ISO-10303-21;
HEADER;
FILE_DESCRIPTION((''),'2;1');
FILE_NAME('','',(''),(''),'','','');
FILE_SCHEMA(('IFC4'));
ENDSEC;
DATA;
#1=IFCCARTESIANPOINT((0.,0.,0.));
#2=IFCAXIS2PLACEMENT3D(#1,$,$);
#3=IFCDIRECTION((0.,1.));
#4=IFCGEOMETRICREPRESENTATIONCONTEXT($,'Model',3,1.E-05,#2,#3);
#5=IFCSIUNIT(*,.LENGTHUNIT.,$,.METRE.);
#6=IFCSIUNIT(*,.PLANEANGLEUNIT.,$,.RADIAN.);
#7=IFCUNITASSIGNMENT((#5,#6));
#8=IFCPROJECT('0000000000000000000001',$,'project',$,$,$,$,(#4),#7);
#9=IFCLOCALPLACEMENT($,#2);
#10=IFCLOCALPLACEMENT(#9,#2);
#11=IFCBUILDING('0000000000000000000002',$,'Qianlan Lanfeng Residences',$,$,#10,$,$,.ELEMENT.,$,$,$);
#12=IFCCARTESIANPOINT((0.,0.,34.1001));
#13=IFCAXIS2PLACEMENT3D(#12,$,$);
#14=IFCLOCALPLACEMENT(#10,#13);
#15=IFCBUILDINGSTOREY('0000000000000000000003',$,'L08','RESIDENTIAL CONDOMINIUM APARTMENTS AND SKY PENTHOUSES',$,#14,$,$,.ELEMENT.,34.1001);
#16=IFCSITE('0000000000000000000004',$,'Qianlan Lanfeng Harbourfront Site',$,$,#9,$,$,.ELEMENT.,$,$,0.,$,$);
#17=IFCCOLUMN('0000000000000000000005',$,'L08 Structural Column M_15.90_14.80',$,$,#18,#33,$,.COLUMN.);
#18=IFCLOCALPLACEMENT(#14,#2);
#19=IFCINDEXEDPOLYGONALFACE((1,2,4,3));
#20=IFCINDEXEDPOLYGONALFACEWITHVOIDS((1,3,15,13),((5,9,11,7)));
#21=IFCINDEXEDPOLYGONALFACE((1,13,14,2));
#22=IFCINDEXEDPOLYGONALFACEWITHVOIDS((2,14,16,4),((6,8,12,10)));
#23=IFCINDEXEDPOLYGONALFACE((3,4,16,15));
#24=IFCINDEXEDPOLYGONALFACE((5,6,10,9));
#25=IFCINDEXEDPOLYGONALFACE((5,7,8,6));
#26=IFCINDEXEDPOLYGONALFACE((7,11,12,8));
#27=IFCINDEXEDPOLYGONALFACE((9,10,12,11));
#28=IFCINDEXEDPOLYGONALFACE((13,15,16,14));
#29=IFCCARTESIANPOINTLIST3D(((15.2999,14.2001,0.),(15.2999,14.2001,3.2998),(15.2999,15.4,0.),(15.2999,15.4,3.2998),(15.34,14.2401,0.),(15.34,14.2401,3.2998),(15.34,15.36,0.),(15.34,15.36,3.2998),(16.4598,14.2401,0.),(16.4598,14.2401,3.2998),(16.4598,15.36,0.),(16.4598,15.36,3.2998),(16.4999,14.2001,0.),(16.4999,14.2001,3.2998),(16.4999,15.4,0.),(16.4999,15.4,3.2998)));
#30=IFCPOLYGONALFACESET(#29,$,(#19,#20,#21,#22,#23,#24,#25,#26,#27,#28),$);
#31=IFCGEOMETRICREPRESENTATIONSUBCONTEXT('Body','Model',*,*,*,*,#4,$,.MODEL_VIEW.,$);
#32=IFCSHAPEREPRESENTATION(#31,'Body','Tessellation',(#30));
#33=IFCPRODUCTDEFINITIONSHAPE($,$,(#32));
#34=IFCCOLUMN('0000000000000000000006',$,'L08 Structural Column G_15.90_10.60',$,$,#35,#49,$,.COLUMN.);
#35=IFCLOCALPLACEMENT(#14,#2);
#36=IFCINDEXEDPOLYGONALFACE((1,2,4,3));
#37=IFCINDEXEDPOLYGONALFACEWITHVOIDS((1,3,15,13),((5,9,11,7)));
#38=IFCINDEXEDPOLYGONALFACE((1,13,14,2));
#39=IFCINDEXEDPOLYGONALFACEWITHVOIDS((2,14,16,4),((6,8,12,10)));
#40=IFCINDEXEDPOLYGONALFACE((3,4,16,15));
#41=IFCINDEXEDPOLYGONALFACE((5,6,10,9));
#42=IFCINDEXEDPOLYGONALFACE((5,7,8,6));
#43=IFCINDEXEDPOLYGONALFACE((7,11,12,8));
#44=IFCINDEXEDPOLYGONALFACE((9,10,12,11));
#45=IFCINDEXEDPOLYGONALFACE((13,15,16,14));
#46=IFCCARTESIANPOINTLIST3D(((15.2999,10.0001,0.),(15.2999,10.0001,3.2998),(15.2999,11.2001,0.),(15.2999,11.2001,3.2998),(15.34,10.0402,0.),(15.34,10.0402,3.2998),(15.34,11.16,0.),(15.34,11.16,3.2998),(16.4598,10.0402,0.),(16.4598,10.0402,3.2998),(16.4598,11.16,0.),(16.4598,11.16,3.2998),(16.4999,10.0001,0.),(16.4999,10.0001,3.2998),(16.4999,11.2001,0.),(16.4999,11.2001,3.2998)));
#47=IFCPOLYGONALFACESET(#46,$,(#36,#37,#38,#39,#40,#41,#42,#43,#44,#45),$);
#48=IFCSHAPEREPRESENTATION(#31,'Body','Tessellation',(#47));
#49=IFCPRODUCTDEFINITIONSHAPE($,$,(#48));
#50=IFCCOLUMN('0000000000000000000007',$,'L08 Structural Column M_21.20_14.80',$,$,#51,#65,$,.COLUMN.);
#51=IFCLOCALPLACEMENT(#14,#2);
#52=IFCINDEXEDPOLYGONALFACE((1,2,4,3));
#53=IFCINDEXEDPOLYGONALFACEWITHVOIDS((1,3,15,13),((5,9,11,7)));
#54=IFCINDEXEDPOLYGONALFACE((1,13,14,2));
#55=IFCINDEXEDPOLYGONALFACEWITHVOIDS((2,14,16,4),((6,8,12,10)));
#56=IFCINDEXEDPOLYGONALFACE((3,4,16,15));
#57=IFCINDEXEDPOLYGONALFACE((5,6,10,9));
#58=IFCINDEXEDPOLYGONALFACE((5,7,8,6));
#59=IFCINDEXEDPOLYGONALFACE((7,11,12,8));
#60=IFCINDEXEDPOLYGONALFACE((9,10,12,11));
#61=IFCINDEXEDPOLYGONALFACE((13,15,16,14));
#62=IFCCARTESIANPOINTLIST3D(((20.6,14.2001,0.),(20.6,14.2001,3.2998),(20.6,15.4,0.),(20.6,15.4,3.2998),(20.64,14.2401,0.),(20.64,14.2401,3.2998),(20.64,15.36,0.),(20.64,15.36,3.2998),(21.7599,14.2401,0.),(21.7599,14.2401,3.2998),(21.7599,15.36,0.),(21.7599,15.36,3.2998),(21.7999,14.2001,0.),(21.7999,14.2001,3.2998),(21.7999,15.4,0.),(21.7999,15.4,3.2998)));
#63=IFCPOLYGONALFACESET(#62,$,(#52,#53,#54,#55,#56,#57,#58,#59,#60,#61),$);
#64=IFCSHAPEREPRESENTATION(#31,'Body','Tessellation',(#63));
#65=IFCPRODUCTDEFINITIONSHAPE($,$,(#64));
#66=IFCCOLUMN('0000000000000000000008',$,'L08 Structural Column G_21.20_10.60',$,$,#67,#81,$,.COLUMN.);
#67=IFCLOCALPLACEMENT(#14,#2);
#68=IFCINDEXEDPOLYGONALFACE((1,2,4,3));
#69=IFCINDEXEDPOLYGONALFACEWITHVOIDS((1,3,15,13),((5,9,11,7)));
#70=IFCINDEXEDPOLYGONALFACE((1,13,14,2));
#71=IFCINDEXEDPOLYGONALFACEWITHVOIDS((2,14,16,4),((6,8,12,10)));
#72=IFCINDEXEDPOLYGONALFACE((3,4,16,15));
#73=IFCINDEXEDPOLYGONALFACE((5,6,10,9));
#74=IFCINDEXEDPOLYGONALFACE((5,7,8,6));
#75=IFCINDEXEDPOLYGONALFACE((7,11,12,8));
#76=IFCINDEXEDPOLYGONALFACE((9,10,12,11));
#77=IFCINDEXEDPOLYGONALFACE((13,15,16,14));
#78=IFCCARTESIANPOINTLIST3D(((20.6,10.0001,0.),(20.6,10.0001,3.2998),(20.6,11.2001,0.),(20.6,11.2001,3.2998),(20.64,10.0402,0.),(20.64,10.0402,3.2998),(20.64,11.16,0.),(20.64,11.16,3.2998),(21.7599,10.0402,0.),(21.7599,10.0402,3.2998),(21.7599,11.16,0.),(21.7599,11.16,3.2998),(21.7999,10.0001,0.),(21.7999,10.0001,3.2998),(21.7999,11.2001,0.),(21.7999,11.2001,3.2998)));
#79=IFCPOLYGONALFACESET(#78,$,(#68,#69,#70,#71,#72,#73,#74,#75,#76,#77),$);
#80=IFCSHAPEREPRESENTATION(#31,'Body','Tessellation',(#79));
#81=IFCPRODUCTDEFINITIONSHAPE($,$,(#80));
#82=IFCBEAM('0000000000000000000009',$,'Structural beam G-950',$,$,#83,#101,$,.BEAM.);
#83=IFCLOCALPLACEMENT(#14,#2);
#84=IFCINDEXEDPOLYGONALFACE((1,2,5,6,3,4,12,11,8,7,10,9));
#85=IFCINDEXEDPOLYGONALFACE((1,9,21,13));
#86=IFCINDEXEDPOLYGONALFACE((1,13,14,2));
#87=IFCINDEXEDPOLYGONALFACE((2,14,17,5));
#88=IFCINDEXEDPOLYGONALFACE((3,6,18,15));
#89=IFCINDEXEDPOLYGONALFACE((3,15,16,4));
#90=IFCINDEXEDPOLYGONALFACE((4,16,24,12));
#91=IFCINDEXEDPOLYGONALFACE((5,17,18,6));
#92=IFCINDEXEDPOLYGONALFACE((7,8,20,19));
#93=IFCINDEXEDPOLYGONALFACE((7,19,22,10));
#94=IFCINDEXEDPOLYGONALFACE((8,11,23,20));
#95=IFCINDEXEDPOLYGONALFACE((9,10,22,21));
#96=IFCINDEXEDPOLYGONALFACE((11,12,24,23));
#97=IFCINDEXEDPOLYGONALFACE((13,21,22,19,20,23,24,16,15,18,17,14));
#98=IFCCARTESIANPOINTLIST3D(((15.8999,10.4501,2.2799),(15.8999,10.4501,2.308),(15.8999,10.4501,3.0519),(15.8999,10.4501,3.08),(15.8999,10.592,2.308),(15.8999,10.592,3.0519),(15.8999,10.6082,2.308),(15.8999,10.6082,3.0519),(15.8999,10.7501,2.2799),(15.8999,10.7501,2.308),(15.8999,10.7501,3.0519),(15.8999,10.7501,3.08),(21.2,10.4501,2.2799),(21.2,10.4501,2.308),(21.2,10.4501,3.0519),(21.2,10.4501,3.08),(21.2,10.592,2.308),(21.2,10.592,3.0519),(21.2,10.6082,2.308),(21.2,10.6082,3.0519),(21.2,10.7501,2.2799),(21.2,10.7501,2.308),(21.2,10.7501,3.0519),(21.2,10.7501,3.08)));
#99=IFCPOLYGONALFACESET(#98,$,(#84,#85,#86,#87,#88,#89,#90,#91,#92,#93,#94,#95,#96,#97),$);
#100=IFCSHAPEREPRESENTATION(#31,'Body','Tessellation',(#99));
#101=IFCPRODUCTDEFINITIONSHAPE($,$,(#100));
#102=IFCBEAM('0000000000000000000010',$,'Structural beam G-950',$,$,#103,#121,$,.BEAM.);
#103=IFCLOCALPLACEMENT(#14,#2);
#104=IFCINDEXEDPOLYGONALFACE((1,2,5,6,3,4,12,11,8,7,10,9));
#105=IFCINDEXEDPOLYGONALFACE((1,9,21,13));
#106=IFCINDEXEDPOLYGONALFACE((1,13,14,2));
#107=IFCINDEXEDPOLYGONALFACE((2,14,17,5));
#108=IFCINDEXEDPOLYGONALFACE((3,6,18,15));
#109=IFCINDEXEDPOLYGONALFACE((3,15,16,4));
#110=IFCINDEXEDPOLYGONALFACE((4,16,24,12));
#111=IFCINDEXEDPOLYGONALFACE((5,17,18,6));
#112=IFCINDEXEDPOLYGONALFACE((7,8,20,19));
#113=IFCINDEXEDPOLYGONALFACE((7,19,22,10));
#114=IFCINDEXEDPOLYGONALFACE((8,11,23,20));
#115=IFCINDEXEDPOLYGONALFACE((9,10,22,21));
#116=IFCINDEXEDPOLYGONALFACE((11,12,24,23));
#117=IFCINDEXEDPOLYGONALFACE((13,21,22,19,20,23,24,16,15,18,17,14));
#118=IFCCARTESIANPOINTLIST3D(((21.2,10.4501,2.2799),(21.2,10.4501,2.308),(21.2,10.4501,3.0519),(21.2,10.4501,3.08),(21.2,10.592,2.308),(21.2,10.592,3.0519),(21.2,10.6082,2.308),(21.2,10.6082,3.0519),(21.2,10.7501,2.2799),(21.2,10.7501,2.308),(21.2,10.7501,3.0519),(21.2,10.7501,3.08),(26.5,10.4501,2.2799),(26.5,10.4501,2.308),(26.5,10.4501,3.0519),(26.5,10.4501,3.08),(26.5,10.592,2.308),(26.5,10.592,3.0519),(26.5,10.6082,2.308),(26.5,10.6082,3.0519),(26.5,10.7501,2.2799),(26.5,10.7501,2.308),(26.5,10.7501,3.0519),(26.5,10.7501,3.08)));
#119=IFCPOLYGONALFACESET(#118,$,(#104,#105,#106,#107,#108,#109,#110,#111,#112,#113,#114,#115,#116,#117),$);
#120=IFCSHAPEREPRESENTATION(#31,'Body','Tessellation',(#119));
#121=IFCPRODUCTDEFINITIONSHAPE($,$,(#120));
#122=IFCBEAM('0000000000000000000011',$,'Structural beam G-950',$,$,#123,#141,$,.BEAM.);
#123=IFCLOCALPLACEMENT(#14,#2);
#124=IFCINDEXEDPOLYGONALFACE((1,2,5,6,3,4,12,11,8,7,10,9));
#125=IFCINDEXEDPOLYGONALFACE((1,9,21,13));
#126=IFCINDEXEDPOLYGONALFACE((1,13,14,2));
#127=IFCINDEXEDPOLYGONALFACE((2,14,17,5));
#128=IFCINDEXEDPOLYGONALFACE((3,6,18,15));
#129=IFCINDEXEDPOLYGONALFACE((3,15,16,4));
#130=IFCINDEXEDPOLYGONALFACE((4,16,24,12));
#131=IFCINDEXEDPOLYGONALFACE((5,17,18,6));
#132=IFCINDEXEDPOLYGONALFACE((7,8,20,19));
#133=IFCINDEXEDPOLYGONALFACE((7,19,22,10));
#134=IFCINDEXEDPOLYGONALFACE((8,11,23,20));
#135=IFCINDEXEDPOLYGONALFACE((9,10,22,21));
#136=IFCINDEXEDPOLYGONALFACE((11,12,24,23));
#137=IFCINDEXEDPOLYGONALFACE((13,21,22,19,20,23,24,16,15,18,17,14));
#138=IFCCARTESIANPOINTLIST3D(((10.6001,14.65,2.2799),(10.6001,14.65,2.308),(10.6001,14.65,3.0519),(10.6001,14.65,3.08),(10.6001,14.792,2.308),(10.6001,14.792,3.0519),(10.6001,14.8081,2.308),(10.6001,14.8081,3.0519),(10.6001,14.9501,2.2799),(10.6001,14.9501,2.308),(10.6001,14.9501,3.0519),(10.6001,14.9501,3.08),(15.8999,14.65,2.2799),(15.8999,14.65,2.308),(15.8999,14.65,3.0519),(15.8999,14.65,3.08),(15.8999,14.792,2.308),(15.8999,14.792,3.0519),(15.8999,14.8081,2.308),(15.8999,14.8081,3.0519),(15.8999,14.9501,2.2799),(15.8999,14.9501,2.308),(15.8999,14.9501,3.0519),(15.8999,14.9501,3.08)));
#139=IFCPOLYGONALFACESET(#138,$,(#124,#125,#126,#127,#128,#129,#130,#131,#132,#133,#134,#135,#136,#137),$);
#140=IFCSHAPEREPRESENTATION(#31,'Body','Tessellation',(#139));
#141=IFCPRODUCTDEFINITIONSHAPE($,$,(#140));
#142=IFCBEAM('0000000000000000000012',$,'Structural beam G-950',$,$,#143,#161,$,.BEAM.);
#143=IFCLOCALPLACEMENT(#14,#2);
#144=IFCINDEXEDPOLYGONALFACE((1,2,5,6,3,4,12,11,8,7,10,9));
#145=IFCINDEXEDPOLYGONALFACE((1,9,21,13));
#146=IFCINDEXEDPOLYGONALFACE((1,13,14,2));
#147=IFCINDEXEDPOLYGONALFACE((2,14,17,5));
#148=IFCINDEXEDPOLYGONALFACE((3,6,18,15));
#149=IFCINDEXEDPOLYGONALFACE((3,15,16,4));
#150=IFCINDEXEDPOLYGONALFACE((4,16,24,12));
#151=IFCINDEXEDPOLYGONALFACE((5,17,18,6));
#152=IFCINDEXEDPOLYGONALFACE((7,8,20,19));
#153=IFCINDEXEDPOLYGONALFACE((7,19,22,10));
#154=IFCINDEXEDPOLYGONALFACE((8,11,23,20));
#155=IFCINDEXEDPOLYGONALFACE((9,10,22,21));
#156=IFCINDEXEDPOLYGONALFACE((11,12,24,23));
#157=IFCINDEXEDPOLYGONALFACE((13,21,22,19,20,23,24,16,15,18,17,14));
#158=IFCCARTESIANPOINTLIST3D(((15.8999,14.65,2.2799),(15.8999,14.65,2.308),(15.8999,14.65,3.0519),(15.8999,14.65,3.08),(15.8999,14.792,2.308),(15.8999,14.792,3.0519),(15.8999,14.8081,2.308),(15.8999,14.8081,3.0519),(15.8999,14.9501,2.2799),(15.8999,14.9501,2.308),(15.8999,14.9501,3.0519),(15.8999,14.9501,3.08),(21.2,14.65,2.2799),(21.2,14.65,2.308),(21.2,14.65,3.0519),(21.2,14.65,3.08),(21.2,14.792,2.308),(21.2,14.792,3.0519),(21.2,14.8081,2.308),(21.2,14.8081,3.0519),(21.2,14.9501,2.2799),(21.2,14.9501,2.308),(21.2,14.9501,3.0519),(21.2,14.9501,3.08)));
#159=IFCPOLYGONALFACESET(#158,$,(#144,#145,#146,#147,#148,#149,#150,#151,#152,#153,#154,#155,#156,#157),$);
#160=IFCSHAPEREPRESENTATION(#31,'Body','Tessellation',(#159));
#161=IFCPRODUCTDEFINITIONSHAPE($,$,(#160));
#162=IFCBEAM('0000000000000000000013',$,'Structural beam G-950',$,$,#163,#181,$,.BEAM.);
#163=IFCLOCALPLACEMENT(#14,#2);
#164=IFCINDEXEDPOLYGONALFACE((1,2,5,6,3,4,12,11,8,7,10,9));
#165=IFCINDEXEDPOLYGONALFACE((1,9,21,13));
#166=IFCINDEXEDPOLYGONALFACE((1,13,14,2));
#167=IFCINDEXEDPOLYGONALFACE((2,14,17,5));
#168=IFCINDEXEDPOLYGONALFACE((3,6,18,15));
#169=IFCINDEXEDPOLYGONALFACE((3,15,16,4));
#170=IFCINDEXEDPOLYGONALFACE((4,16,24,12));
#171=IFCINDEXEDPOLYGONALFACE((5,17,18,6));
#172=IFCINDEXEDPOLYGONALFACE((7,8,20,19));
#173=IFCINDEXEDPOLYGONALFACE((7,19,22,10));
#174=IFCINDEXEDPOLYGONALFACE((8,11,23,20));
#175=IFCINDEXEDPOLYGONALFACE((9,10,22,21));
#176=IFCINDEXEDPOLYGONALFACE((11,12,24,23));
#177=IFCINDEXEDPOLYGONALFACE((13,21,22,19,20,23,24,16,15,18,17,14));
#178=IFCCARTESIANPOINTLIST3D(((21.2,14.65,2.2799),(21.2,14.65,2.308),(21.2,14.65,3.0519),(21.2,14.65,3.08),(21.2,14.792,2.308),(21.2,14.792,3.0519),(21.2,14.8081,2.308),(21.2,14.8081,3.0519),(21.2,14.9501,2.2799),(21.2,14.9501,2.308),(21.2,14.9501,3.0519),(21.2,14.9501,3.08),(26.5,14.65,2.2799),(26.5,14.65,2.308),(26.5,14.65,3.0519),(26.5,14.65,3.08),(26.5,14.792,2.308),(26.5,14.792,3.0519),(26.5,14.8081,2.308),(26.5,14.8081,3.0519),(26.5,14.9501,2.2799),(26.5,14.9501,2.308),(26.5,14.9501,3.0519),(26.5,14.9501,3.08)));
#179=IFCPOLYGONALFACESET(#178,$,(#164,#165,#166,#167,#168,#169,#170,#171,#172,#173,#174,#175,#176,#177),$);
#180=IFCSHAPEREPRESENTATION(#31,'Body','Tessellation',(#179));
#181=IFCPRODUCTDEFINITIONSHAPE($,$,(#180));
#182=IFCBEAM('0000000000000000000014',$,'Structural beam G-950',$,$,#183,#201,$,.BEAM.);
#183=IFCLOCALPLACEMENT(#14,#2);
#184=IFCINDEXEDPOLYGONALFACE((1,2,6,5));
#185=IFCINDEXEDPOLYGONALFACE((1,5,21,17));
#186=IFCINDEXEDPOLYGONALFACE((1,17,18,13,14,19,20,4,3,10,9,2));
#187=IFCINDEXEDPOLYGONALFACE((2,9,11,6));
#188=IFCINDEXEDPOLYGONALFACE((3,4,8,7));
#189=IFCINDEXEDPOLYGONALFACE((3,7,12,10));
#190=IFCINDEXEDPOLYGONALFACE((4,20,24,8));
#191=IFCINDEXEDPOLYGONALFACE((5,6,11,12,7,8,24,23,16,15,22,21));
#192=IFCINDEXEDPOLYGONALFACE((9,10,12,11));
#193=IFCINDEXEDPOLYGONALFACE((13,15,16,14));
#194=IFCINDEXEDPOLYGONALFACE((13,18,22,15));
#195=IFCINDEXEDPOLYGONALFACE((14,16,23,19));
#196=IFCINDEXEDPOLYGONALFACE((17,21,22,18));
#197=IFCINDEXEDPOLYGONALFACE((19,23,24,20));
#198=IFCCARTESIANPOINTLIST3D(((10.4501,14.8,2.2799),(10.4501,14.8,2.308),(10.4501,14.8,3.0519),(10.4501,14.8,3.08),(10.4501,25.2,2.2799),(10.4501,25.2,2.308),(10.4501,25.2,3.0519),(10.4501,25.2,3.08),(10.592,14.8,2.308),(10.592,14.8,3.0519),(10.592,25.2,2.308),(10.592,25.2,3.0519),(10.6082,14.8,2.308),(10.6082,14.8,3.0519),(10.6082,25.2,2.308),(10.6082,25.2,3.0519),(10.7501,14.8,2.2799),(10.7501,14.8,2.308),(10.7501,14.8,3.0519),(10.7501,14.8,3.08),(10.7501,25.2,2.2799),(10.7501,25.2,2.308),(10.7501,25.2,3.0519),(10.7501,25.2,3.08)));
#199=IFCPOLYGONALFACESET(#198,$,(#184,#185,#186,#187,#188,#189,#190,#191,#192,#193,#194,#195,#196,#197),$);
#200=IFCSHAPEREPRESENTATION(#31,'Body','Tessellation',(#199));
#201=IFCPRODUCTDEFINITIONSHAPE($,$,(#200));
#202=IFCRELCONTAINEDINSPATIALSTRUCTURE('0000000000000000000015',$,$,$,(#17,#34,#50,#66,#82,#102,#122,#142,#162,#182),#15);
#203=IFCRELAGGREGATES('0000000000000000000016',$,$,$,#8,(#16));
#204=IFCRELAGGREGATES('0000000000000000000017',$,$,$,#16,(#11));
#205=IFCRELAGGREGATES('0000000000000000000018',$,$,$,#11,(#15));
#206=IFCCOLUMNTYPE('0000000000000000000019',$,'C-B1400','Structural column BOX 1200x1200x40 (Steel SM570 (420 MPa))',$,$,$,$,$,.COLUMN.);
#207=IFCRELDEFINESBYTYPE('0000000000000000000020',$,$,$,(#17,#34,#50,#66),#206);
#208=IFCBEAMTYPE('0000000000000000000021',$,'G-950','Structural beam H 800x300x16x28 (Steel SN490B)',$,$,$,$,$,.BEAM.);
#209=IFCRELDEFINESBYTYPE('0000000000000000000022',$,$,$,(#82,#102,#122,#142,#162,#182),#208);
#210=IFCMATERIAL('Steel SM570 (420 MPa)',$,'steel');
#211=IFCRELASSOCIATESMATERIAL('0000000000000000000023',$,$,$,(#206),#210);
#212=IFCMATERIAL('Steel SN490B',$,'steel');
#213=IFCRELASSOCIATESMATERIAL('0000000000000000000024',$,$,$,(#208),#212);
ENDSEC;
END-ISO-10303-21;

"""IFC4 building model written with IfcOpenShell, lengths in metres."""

from ifc_helpers import new_model, si_unit, direction, frame, origin, origin_2d, place, context, subcontext, project, spatial, hollow_rectangle, i_section, extrude, material, material_profile, profile_set, type_object, element, save


model = new_model("IFC4")

# Units and contexts
model_context = context("Model", 3, precision=1e-05, world=origin(), true_north=direction((0.0, 1.0)))
body_context = subcontext(model_context, "Body", "Model", "MODEL_VIEW")
ifc_project = project(units=[si_unit("LENGTHUNIT", "METRE"), si_unit("PLANEANGLEUNIT", "RADIAN")], contexts=[model_context])

# Site, building, storey
site_placement = place(None, origin())
site = spatial("IfcSite", under=ifc_project, at=site_placement, Name="Qianlan Lanfeng Harbourfront Site", CompositionType="ELEMENT", RefElevation=0.0)
building_placement = place(site_placement, origin())
building = spatial("IfcBuilding", under=site, at=building_placement, Name="Qianlan Lanfeng Residences", CompositionType="ELEMENT")
storey_placement = place(building_placement, frame((0.0, 0.0, 34.1001)))
storey = spatial("IfcBuildingStorey", under=building, at=storey_placement, Name="L08", Description="RESIDENTIAL CONDOMINIUM APARTMENTS AND SKY PENTHOUSES", CompositionType="ELEMENT", Elevation=34.1001)

# Columns
ifc_material_1 = material(Name="Steel SM570 (420 MPa)", Category="steel")
ifc_material_profile_1 = material_profile(ifc_material_1, hollow_rectangle(XDim=1.2, YDim=1.2, WallThickness=0.04, at=origin_2d()), Name="BOX 1200x1200x40")
ifc_profile_set_1 = profile_set([ifc_material_profile_1], Name="Steel SM570 (420 MPa)")
column_type = type_object("IfcColumnType", Name="C-B1400", Description="Structural column BOX 1200x1200x40 (Steel SM570 (420 MPa))", PredefinedType="COLUMN", material=ifc_profile_set_1)
for number, where, z_axis, x_axis, name in (
    (1, (15.8999, 14.8, 0.0), (0.0, 0.0, 1.0), (1.0, 0.0, 0.0), "L08 Structural Column M_15.90_14.80"),
    (2, (15.8999, 10.6001, 0.0), (0.0, 0.0, 1.0), (1.0, 0.0, 0.0), "L08 Structural Column G_15.90_10.60"),
    (3, (21.2, 14.8, 0.0), (0.0, 0.0, 1.0), (1.0, 0.0, 0.0), "L08 Structural Column M_21.20_14.80"),
    (4, (21.2, 10.6001, 0.0), (0.0, 0.0, 1.0), (1.0, 0.0, 0.0), "L08 Structural Column G_21.20_10.60"),
):
    element("IfcColumn", number, at=place(storey_placement, frame(where, z_axis=z_axis, x_axis=x_axis)), inside=storey, type_object=column_type, Name=name, PredefinedType="COLUMN", context=body_context, shape_type="SweptSolid", body=[
        extrude(hollow_rectangle(XDim=1.2, YDim=1.2, WallThickness=0.04, at=origin_2d()), origin(), (0.0, 0.0, 1.0), 3.2998),
    ])

# Beams
ifc_material_2 = material(Name="Steel SN490B", Category="steel")
ifc_material_profile_2 = material_profile(ifc_material_2, i_section(OverallWidth=0.3, OverallDepth=0.8, WebThickness=0.0161, FlangeThickness=0.0281, at=origin_2d()), Name="H 800x300x16x28")
ifc_profile_set_2 = profile_set([ifc_material_profile_2], Name="Steel SN490B")
beam_type_1 = type_object("IfcBeamType", Name="G-950", Description="Structural beam H 800x300x16x28 (Steel SN490B)", PredefinedType="BEAM", material=ifc_profile_set_2)
for number, where, z_axis, x_axis, name in (
    (5, (15.8999, 10.6001, 2.6799), (1.0, 0.0, 0.0), (0.0, 1.0, 0.0), "Structural beam G-950"),
    (6, (21.2, 10.6001, 2.6799), (1.0, 0.0, 0.0), (0.0, 1.0, 0.0), "Structural beam G-950"),
):
    element("IfcBeam", number, at=place(storey_placement, frame(where, z_axis=z_axis, x_axis=x_axis)), inside=storey, type_object=beam_type_1, Name=name, PredefinedType="BEAM", context=body_context, shape_type="SweptSolid", body=[
        extrude(i_section(OverallWidth=0.3, OverallDepth=0.8, WebThickness=0.0161, FlangeThickness=0.0281, at=origin_2d()), origin(), (0.0, 0.0, 1.0), 5.3),
    ])
beam_1_placement = place(storey_placement, frame((10.6001, 14.8, 2.6799), z_axis=(1.0, 0.0, 0.0), x_axis=(0.0, 1.0, 0.0)))
element("IfcBeam", 7, at=beam_1_placement, inside=storey, type_object=beam_type_1, Name="Structural beam G-950", PredefinedType="BEAM", context=body_context, shape_type="SweptSolid", body=[
    extrude(i_section(OverallWidth=0.3, OverallDepth=0.8, WebThickness=0.0161, FlangeThickness=0.0281, at=origin_2d()), origin(), (0.0, 0.0, 1.0), 5.2998),
])
for number, where, z_axis, x_axis, name in (
    (8, (15.8999, 14.8, 2.6799), (1.0, 0.0, 0.0), (0.0, 1.0, 0.0), "Structural beam G-950"),
    (9, (21.2, 14.8, 2.6799), (1.0, 0.0, 0.0), (0.0, 1.0, 0.0), "Structural beam G-950"),
):
    element("IfcBeam", number, at=place(storey_placement, frame(where, z_axis=z_axis, x_axis=x_axis)), inside=storey, type_object=beam_type_1, Name=name, PredefinedType="BEAM", context=body_context, shape_type="SweptSolid", body=[
        extrude(i_section(OverallWidth=0.3, OverallDepth=0.8, WebThickness=0.0161, FlangeThickness=0.0281, at=origin_2d()), origin(), (0.0, 0.0, 1.0), 5.3),
    ])
beam_2_placement = place(storey_placement, frame((10.6001, 14.8, 2.6799), z_axis=(0.0, 1.0, 0.0), x_axis=(-1.0, 0.0, 0.0)))
element("IfcBeam", 10, at=beam_2_placement, inside=storey, type_object=beam_type_1, Name="Structural beam G-950", PredefinedType="BEAM", context=body_context, shape_type="SweptSolid", body=[
    extrude(i_section(OverallWidth=0.3, OverallDepth=0.8, WebThickness=0.0161, FlangeThickness=0.0281, at=origin_2d()), origin(), (0.0, 0.0, 1.0), 10.3999),
])

save(model, "model.ifc")
